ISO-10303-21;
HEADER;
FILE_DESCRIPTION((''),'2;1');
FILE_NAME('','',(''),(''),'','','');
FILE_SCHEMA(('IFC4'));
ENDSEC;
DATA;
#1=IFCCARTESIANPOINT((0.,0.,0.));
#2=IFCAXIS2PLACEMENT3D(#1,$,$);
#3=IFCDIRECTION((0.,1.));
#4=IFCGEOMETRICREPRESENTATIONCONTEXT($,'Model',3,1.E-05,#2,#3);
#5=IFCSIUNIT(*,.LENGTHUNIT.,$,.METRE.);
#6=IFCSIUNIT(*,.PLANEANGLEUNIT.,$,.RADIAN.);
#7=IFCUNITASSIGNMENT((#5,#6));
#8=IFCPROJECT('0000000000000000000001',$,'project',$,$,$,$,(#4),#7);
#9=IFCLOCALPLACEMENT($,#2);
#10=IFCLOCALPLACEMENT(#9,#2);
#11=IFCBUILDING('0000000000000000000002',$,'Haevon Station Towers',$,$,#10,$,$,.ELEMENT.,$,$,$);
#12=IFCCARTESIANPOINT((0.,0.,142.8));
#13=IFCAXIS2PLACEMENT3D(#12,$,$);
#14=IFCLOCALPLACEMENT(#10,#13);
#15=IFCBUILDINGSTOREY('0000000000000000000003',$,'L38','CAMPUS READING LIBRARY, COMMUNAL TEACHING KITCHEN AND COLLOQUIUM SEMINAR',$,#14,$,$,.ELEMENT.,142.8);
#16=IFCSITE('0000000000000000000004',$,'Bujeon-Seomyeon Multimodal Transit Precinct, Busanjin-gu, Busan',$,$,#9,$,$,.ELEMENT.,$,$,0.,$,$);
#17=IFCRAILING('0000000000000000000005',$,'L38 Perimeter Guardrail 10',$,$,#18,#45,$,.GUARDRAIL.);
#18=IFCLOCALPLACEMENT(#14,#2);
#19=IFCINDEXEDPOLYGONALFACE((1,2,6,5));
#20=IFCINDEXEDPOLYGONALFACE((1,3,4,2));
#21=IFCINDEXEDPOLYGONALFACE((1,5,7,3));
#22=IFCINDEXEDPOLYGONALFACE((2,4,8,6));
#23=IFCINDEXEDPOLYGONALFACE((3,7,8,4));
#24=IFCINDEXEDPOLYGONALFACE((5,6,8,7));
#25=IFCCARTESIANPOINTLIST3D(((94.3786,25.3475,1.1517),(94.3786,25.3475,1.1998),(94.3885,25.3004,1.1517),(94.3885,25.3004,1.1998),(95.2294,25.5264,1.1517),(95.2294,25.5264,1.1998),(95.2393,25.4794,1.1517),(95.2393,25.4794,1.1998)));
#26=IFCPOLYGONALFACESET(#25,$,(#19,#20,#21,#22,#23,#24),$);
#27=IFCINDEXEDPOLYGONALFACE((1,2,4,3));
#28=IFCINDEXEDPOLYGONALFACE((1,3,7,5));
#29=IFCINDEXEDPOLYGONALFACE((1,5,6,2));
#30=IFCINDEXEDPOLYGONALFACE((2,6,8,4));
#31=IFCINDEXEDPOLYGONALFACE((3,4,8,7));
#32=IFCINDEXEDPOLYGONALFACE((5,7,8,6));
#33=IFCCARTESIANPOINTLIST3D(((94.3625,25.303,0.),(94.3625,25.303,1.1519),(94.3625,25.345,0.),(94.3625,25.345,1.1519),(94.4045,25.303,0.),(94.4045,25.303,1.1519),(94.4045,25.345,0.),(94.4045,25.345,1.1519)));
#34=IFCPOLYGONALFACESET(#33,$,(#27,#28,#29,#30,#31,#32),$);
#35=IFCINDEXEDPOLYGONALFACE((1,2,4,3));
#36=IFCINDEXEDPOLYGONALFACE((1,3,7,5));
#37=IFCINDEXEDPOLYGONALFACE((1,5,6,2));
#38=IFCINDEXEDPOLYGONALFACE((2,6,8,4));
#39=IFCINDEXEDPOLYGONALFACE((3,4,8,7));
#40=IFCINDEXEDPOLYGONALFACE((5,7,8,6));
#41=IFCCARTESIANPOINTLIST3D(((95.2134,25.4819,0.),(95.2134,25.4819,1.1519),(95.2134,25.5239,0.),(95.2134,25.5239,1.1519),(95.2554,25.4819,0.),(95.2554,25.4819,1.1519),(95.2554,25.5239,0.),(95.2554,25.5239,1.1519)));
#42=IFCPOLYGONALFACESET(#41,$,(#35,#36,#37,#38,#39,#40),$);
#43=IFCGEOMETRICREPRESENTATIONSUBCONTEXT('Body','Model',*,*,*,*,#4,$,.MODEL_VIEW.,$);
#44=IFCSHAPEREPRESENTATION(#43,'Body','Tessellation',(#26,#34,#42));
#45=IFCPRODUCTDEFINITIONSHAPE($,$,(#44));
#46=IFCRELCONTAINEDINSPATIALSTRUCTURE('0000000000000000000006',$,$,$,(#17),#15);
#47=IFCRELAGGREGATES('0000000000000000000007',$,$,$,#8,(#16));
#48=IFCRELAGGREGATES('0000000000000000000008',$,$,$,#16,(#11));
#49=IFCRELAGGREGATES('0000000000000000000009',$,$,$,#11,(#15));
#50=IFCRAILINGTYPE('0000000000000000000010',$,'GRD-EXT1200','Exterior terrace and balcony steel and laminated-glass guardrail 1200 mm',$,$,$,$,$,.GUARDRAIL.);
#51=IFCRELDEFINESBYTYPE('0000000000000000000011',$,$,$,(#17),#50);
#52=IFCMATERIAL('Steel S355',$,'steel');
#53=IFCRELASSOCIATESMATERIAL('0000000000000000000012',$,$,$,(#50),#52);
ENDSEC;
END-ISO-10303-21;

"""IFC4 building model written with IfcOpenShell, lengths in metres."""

from ifc_helpers import new_model, si_unit, direction, frame, origin, origin_2d, place, context, subcontext, project, spatial, rectangle, extrude, material, type_object, element, save


model = new_model("IFC4")

# Units and contexts
model_context = context("Model", 3, precision=1e-05, world=origin(), true_north=direction((0.0, 1.0)))
body_context = subcontext(model_context, "Body", "Model", "MODEL_VIEW")
ifc_project = project(units=[si_unit("LENGTHUNIT", "METRE"), si_unit("PLANEANGLEUNIT", "RADIAN")], contexts=[model_context])

# Site, building, storey
site_placement = place(None, origin())
site = spatial("IfcSite", under=ifc_project, at=site_placement, Name="Bujeon-Seomyeon Multimodal Transit Precinct, Busanjin-gu, Busan", CompositionType="ELEMENT", RefElevation=0.0)
building_placement = place(site_placement, origin())
building = spatial("IfcBuilding", under=site, at=building_placement, Name="Haevon Station Towers", CompositionType="ELEMENT")
storey_placement = place(building_placement, frame((0.0, 0.0, 142.8)))
storey = spatial("IfcBuildingStorey", under=building, at=storey_placement, Name="L38", Description="CAMPUS READING LIBRARY, COMMUNAL TEACHING KITCHEN AND COLLOQUIUM SEMINAR", CompositionType="ELEMENT", Elevation=142.8)

# Shared definitions
ifc_material_1 = material(Name="Steel S355", Category="steel")

# Railing
railing_type = type_object("IfcRailingType", Name="GRD-EXT1200", Description="Exterior terrace and balcony steel and laminated-glass guardrail 1200 mm", PredefinedType="GUARDRAIL", material=ifc_material_1)
railing_1_placement = place(storey_placement, frame((94.3835, 25.324, 0.0)))
element("IfcRailing", 1, at=railing_1_placement, inside=storey, type_object=railing_type, Name="L38 Perimeter Guardrail 10", PredefinedType="GUARDRAIL", context=body_context, shape_type="SweptSolid", body=[
    extrude(rectangle(XDim=0.0481, YDim=0.0481, at=origin_2d()), frame((0.0, 0.0, 1.1758), z_axis=(0.978588, 0.205827, 0.0), x_axis=(-0.205827, 0.978588, 0.0)), (0.0, 0.0, 1.0), 0.8694),
    extrude(rectangle(XDim=0.042, YDim=0.042, at=origin_2d()), origin(), (0.0, 0.0, 1.0), 1.1519),
    extrude(rectangle(XDim=0.042, YDim=0.042, at=origin_2d()), frame((0.8508, 0.179, 0.0)), (0.0, 0.0, 1.0), 1.1519),
])

save(model, "model.ifc")
